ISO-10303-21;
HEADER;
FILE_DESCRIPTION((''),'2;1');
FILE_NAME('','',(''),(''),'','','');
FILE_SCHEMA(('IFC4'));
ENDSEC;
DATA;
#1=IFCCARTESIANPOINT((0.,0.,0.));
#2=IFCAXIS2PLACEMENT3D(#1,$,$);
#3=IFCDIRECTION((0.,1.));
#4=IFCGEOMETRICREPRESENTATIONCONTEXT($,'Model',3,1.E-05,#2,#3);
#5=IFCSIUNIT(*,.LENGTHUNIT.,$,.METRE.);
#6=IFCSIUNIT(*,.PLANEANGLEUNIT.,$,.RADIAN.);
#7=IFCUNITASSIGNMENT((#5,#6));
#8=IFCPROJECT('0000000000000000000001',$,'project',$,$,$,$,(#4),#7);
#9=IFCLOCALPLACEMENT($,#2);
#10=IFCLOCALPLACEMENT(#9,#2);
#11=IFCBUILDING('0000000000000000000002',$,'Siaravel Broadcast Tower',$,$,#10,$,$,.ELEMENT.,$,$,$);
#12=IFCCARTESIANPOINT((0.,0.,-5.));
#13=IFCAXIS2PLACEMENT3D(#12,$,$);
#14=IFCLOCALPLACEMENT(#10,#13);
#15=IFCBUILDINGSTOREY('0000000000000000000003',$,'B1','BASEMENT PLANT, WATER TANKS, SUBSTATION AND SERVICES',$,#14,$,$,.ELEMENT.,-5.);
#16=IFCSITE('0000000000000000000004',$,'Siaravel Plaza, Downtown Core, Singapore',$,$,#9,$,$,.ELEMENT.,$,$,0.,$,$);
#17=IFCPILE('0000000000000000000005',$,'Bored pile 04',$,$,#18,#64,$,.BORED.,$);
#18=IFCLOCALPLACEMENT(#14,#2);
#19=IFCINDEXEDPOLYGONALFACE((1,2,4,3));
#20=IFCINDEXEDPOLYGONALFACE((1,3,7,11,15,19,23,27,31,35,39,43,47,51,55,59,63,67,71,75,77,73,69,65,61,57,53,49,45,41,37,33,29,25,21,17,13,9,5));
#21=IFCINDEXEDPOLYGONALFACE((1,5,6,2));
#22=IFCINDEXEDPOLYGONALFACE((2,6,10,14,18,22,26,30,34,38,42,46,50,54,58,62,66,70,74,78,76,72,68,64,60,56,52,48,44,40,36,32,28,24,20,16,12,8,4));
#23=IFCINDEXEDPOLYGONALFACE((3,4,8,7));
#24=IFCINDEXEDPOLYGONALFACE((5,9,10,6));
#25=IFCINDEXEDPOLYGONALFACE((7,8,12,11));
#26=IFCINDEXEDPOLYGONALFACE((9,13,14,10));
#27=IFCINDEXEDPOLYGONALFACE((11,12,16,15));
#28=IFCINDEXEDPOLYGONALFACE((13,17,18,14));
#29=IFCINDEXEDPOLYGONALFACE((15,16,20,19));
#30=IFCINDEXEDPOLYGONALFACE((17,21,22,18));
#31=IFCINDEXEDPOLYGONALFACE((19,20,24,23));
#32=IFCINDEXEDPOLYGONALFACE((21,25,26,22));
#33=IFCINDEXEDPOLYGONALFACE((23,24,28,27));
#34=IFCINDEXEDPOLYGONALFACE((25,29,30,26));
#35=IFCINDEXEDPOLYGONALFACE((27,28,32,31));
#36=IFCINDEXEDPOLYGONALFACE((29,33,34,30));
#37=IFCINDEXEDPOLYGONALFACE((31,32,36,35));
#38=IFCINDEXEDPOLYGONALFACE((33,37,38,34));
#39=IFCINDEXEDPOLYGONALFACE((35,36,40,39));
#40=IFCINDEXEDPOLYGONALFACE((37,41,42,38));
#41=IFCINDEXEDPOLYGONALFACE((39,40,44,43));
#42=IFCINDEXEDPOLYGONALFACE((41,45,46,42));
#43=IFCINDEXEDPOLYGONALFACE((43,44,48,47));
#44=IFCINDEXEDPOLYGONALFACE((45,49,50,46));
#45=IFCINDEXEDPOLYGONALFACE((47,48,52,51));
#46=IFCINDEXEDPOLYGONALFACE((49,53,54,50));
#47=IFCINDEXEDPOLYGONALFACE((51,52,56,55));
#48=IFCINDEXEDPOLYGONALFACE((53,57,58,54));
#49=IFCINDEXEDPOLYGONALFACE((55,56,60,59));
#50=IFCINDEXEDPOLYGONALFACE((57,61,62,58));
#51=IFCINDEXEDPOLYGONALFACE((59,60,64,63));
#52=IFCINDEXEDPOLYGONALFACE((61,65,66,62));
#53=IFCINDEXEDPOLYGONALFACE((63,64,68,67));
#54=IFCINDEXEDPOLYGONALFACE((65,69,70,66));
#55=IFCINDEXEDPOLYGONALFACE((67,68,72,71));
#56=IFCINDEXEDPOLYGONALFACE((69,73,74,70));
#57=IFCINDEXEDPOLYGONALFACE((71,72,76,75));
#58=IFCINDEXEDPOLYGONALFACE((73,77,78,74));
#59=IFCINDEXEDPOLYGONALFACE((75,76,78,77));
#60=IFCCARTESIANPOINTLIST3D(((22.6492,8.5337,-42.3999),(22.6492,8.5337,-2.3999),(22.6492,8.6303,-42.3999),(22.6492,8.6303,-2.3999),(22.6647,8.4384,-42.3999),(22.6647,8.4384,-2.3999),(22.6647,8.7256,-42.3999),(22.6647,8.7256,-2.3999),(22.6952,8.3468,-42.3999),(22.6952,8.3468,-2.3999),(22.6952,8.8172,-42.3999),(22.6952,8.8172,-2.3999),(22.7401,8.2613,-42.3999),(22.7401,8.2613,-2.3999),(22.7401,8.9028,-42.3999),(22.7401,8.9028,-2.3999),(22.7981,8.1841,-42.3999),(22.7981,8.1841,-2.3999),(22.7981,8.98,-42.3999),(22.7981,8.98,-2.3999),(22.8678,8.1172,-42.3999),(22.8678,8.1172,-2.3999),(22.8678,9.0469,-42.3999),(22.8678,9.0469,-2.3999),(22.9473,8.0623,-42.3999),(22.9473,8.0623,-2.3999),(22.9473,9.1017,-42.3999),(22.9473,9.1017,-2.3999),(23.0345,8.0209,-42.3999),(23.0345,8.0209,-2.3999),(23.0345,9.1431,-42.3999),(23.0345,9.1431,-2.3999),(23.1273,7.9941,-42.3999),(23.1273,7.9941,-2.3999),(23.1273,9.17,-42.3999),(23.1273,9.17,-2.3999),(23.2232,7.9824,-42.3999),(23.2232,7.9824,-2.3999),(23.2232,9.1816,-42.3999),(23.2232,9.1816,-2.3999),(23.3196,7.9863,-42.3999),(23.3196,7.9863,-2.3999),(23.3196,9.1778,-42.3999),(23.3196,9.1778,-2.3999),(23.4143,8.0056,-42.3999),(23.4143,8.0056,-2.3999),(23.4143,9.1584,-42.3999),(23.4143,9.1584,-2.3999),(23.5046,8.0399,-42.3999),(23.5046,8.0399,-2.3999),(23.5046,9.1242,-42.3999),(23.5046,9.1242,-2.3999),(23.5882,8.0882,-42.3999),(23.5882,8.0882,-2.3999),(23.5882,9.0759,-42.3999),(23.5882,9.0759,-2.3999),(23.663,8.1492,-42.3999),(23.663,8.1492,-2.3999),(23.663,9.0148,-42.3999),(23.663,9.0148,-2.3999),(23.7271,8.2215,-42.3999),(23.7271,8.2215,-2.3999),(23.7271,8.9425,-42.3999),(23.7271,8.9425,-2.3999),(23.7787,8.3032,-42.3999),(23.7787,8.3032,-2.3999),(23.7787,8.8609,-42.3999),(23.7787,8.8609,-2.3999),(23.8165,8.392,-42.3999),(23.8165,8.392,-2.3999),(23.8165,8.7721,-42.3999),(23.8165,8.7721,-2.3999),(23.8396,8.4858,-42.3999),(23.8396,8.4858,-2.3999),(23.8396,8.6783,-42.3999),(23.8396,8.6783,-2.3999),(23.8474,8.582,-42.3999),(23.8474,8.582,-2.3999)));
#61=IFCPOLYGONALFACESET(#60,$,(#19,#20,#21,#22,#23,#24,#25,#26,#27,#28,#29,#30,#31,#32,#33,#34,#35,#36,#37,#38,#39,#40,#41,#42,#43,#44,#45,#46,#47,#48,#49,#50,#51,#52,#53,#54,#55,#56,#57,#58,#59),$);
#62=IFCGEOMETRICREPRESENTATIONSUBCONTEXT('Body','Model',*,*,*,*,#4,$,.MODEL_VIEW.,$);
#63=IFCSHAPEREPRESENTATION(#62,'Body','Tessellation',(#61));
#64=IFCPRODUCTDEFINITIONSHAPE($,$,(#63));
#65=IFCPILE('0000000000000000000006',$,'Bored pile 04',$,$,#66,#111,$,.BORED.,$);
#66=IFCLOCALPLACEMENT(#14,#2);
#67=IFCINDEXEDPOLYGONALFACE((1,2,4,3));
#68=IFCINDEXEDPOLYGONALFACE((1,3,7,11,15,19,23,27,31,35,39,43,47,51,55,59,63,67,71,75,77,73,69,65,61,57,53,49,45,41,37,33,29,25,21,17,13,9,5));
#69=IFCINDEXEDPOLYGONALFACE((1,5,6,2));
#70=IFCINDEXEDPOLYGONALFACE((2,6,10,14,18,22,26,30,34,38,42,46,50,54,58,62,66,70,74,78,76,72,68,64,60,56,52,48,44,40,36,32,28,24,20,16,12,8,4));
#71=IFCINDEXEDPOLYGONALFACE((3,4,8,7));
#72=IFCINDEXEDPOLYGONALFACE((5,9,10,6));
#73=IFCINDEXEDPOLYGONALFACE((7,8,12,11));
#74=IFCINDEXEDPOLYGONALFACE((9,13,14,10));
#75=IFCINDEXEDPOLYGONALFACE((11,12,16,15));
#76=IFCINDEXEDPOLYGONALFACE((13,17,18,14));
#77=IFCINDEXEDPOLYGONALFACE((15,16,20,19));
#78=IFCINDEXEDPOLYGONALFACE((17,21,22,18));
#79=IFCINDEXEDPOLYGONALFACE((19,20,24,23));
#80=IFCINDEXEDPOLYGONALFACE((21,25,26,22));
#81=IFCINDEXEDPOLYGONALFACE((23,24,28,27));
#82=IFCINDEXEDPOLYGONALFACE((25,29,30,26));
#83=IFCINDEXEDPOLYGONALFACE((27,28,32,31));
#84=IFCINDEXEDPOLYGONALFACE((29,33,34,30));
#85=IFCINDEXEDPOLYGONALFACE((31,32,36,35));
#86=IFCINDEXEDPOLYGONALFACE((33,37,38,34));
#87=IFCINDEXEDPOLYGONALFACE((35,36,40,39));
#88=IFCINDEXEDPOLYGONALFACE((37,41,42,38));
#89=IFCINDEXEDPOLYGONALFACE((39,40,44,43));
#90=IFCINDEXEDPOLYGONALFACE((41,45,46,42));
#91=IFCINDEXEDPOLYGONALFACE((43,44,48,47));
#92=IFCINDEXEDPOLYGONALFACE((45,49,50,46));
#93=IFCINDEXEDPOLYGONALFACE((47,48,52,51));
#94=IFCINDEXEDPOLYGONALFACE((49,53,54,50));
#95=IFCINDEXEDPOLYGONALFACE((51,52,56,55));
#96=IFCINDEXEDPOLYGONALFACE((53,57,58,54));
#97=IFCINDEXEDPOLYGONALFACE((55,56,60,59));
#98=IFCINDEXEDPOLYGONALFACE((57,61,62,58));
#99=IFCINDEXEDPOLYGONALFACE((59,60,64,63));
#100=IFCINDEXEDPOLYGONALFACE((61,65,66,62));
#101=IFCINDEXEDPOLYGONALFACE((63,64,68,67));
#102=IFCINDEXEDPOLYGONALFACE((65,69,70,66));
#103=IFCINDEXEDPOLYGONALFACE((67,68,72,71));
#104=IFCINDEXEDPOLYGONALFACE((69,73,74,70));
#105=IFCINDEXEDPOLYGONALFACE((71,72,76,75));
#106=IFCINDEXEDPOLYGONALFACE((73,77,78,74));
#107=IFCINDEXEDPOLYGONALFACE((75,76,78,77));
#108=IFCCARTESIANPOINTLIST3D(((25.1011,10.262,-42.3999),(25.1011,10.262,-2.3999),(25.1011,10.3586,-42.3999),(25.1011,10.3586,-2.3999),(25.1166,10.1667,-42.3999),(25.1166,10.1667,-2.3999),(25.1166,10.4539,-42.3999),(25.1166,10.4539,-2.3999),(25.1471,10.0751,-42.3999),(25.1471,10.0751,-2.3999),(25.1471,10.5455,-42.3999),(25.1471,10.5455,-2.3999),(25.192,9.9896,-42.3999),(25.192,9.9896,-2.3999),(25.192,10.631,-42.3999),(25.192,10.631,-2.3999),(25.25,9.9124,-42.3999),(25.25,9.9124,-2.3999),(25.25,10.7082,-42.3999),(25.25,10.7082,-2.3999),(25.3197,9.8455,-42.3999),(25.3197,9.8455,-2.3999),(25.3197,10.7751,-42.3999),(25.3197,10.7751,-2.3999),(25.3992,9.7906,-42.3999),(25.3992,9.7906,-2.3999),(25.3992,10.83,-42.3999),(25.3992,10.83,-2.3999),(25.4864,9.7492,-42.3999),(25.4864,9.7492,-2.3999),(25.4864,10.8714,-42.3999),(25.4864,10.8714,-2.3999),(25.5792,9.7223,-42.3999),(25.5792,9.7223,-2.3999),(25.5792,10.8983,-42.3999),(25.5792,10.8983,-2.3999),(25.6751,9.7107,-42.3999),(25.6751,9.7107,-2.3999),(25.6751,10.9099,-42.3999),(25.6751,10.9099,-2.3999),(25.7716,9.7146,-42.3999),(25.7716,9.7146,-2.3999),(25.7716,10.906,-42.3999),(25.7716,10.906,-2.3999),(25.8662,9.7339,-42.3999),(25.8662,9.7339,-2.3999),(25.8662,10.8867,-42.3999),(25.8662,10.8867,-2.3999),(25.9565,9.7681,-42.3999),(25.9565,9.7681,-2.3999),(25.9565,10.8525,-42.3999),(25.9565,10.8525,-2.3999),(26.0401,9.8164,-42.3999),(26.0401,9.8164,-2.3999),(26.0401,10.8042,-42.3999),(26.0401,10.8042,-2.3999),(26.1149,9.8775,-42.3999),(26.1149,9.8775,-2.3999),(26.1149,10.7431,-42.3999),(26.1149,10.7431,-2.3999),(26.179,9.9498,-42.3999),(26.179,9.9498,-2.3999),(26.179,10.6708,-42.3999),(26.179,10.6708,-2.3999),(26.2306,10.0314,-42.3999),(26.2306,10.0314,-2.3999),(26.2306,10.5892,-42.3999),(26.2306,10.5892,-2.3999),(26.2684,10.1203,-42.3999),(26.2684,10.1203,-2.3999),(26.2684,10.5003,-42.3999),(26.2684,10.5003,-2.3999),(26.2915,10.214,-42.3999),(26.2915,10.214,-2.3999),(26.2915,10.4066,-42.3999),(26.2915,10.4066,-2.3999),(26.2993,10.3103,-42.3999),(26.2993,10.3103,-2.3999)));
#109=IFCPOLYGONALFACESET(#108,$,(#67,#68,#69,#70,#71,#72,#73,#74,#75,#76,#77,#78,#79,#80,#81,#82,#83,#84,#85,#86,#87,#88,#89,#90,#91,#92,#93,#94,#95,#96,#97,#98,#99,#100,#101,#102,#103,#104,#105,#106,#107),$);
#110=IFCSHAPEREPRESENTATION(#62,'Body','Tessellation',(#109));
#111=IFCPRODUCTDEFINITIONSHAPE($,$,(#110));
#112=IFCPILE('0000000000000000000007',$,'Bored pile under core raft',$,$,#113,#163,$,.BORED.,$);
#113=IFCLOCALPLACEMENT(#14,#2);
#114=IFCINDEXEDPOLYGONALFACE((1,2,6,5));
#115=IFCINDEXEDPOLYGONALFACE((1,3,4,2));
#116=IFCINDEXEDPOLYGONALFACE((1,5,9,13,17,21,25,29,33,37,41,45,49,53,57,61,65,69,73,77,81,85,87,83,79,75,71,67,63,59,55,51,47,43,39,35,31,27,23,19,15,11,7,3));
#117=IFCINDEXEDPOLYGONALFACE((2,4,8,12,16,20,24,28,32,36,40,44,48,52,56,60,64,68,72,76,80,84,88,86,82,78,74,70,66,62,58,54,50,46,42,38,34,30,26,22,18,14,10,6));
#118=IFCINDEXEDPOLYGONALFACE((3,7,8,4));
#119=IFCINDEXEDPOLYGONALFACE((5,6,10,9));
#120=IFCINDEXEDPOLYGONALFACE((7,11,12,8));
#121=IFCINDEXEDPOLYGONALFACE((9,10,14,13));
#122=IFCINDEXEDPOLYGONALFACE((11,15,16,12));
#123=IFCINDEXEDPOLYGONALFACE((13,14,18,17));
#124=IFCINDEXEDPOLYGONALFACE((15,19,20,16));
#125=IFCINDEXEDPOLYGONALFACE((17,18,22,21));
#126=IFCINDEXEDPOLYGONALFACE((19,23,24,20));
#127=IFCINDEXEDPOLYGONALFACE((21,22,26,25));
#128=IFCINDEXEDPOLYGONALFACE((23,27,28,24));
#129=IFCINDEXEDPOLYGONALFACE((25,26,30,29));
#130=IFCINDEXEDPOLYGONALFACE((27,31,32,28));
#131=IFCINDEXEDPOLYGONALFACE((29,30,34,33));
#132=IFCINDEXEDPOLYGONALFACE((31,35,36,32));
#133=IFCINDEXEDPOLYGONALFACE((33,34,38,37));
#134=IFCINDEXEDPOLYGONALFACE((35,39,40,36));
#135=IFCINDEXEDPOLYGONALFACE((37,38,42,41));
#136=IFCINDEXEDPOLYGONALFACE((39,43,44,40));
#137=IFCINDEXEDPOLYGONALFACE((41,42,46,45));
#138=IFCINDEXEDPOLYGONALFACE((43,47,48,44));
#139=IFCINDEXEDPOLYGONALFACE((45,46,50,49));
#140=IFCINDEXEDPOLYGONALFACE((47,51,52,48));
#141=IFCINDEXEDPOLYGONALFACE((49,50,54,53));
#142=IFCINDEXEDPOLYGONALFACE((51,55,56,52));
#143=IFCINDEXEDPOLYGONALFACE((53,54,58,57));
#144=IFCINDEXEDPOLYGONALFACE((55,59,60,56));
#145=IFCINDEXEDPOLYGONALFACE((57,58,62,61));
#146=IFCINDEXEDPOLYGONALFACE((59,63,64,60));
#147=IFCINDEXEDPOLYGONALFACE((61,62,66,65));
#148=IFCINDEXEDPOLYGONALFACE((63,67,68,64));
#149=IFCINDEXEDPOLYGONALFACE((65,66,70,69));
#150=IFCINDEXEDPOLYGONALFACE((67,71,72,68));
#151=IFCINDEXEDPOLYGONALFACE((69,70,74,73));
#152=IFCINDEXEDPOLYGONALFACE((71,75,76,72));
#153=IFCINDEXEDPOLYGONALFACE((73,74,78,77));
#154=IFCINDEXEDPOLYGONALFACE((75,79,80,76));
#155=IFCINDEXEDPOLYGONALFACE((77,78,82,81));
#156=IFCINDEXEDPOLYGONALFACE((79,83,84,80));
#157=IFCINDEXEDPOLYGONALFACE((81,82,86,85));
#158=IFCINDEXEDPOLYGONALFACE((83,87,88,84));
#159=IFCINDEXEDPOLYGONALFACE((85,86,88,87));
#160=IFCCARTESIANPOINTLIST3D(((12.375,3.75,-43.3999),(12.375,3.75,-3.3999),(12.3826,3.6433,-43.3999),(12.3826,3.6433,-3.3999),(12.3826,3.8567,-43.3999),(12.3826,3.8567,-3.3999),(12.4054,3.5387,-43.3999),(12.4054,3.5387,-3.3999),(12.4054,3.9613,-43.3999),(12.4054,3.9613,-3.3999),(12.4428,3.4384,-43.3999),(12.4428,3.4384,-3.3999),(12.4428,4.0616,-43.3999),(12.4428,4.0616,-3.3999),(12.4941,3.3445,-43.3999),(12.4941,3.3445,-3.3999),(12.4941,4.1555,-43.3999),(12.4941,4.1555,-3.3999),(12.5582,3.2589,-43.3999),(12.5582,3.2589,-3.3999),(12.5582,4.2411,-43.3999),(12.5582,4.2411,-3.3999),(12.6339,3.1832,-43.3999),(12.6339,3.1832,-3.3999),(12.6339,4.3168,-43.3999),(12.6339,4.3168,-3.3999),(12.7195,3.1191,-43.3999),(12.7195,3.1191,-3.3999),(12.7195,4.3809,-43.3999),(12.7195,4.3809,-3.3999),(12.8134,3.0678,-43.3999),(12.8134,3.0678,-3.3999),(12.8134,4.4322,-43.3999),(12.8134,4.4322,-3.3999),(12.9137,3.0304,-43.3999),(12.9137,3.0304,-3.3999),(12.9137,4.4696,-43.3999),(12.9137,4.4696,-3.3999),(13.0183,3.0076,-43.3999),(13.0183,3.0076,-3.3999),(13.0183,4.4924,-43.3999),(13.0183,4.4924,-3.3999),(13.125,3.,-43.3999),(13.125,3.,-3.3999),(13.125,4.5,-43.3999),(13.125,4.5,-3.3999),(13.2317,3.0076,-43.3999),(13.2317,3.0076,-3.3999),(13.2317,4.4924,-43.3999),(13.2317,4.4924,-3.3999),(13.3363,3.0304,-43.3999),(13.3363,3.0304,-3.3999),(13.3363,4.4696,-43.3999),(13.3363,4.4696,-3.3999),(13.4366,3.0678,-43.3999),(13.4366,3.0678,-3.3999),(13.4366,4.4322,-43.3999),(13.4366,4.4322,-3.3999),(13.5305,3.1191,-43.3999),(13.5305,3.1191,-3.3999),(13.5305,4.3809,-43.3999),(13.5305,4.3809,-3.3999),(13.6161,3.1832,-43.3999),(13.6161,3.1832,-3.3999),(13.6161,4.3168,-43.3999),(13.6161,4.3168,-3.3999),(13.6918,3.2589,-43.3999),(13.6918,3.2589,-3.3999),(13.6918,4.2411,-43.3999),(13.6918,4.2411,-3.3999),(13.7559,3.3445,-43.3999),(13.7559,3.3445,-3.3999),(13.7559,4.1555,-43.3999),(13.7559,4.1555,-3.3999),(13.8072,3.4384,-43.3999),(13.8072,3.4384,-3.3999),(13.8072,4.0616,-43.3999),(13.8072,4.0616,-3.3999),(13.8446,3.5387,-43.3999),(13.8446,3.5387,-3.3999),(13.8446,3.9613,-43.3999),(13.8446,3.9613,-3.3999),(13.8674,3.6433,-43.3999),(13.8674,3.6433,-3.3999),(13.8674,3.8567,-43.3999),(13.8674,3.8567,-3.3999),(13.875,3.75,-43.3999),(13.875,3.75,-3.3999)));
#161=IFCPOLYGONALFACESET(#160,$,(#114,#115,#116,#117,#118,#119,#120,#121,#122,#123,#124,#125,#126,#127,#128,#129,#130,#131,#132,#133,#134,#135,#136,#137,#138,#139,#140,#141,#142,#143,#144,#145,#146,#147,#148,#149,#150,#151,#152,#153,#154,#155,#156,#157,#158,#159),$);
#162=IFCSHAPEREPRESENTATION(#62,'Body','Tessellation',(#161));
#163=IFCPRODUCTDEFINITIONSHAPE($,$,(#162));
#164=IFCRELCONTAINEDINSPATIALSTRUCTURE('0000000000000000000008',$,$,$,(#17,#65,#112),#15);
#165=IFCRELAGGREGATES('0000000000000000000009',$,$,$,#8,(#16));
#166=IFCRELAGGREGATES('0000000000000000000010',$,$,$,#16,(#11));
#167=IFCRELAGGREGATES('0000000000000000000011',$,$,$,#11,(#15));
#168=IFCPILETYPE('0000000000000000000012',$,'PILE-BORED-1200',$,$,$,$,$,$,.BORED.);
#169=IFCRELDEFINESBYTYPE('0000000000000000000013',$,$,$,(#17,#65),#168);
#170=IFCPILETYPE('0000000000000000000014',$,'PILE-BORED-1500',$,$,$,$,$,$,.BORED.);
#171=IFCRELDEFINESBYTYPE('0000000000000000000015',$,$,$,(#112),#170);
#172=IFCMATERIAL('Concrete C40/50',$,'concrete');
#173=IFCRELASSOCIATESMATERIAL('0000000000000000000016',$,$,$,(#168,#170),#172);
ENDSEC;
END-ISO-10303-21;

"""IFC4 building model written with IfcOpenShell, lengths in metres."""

from ifc_helpers import new_model, si_unit, direction, frame, origin, origin_2d, place, context, subcontext, project, spatial, circle, extrude, material, material_profile, profile_set, type_object, element, save


model = new_model("IFC4")

# Units and contexts
model_context = context("Model", 3, precision=1e-05, world=origin(), true_north=direction((0.0, 1.0)))
body_context = subcontext(model_context, "Body", "Model", "MODEL_VIEW")
ifc_project = project(units=[si_unit("LENGTHUNIT", "METRE"), si_unit("PLANEANGLEUNIT", "RADIAN")], contexts=[model_context])

# Site, building, storey
site_placement = place(None, origin())
site = spatial("IfcSite", under=ifc_project, at=site_placement, Name="Siaravel Plaza, Downtown Core, Singapore", CompositionType="ELEMENT", RefElevation=0.0)
building_placement = place(site_placement, origin())
building = spatial("IfcBuilding", under=site, at=building_placement, Name="Siaravel Broadcast Tower", CompositionType="ELEMENT")
storey_placement = place(building_placement, frame((0.0, 0.0, -5.0)))
storey = spatial("IfcBuildingStorey", under=building, at=storey_placement, Name="B1", Description="BASEMENT PLANT, WATER TANKS, SUBSTATION AND SERVICES", CompositionType="ELEMENT", Elevation=-5.0)

# Shared definitions
ifc_material_1 = material(Name="Concrete C40/50", Category="concrete")

# Piles
ifc_material_profile_1 = material_profile(ifc_material_1, circle(Radius=0.6001, at=origin_2d()))
ifc_profile_set_1 = profile_set([ifc_material_profile_1], Name="Concrete C40/50")
pile_type_1 = type_object("IfcPileType", Name="PILE-BORED-1200", PredefinedType="BORED", material=ifc_profile_set_1)
for number, where, z_axis, x_axis, name in (
    (1, (23.2473, 8.582, -2.3999), (0.0, 0.0, -1.0), (1.0, 0.0, 0.0), "Bored pile 04"),
    (2, (25.6992, 10.3103, -2.3999), (0.0, 0.0, -1.0), (1.0, 0.0, 0.0), "Bored pile 04"),
):
    element("IfcPile", number, at=place(storey_placement, frame(where, z_axis=z_axis, x_axis=x_axis)), inside=storey, type_object=pile_type_1, Name=name, PredefinedType="BORED", context=body_context, shape_type="SweptSolid", body=[
        extrude(circle(Radius=0.6001, at=origin_2d()), origin(), (0.0, 0.0, 1.0), 40.0),
    ])
ifc_material_profile_2 = material_profile(ifc_material_1, circle(Radius=0.75, at=origin_2d()))
ifc_profile_set_2 = profile_set([ifc_material_profile_2], Name="Concrete C40/50")
pile_type_2 = type_object("IfcPileType", Name="PILE-BORED-1500", PredefinedType="BORED", material=ifc_profile_set_2)
for number, where, z_axis, x_axis, name in (
    (3, (13.125, 3.75, -3.3999), (0.0, 0.0, -1.0), (1.0, 0.0, 0.0), "Bored pile under core raft"),
):
    element("IfcPile", number, at=place(storey_placement, frame(where, z_axis=z_axis, x_axis=x_axis)), inside=storey, type_object=pile_type_2, Name=name, PredefinedType="BORED", context=body_context, shape_type="SweptSolid", body=[
        extrude(circle(Radius=0.75, at=origin_2d()), origin(), (0.0, 0.0, 1.0), 40.0),
    ])

save(model, "model.ifc")
